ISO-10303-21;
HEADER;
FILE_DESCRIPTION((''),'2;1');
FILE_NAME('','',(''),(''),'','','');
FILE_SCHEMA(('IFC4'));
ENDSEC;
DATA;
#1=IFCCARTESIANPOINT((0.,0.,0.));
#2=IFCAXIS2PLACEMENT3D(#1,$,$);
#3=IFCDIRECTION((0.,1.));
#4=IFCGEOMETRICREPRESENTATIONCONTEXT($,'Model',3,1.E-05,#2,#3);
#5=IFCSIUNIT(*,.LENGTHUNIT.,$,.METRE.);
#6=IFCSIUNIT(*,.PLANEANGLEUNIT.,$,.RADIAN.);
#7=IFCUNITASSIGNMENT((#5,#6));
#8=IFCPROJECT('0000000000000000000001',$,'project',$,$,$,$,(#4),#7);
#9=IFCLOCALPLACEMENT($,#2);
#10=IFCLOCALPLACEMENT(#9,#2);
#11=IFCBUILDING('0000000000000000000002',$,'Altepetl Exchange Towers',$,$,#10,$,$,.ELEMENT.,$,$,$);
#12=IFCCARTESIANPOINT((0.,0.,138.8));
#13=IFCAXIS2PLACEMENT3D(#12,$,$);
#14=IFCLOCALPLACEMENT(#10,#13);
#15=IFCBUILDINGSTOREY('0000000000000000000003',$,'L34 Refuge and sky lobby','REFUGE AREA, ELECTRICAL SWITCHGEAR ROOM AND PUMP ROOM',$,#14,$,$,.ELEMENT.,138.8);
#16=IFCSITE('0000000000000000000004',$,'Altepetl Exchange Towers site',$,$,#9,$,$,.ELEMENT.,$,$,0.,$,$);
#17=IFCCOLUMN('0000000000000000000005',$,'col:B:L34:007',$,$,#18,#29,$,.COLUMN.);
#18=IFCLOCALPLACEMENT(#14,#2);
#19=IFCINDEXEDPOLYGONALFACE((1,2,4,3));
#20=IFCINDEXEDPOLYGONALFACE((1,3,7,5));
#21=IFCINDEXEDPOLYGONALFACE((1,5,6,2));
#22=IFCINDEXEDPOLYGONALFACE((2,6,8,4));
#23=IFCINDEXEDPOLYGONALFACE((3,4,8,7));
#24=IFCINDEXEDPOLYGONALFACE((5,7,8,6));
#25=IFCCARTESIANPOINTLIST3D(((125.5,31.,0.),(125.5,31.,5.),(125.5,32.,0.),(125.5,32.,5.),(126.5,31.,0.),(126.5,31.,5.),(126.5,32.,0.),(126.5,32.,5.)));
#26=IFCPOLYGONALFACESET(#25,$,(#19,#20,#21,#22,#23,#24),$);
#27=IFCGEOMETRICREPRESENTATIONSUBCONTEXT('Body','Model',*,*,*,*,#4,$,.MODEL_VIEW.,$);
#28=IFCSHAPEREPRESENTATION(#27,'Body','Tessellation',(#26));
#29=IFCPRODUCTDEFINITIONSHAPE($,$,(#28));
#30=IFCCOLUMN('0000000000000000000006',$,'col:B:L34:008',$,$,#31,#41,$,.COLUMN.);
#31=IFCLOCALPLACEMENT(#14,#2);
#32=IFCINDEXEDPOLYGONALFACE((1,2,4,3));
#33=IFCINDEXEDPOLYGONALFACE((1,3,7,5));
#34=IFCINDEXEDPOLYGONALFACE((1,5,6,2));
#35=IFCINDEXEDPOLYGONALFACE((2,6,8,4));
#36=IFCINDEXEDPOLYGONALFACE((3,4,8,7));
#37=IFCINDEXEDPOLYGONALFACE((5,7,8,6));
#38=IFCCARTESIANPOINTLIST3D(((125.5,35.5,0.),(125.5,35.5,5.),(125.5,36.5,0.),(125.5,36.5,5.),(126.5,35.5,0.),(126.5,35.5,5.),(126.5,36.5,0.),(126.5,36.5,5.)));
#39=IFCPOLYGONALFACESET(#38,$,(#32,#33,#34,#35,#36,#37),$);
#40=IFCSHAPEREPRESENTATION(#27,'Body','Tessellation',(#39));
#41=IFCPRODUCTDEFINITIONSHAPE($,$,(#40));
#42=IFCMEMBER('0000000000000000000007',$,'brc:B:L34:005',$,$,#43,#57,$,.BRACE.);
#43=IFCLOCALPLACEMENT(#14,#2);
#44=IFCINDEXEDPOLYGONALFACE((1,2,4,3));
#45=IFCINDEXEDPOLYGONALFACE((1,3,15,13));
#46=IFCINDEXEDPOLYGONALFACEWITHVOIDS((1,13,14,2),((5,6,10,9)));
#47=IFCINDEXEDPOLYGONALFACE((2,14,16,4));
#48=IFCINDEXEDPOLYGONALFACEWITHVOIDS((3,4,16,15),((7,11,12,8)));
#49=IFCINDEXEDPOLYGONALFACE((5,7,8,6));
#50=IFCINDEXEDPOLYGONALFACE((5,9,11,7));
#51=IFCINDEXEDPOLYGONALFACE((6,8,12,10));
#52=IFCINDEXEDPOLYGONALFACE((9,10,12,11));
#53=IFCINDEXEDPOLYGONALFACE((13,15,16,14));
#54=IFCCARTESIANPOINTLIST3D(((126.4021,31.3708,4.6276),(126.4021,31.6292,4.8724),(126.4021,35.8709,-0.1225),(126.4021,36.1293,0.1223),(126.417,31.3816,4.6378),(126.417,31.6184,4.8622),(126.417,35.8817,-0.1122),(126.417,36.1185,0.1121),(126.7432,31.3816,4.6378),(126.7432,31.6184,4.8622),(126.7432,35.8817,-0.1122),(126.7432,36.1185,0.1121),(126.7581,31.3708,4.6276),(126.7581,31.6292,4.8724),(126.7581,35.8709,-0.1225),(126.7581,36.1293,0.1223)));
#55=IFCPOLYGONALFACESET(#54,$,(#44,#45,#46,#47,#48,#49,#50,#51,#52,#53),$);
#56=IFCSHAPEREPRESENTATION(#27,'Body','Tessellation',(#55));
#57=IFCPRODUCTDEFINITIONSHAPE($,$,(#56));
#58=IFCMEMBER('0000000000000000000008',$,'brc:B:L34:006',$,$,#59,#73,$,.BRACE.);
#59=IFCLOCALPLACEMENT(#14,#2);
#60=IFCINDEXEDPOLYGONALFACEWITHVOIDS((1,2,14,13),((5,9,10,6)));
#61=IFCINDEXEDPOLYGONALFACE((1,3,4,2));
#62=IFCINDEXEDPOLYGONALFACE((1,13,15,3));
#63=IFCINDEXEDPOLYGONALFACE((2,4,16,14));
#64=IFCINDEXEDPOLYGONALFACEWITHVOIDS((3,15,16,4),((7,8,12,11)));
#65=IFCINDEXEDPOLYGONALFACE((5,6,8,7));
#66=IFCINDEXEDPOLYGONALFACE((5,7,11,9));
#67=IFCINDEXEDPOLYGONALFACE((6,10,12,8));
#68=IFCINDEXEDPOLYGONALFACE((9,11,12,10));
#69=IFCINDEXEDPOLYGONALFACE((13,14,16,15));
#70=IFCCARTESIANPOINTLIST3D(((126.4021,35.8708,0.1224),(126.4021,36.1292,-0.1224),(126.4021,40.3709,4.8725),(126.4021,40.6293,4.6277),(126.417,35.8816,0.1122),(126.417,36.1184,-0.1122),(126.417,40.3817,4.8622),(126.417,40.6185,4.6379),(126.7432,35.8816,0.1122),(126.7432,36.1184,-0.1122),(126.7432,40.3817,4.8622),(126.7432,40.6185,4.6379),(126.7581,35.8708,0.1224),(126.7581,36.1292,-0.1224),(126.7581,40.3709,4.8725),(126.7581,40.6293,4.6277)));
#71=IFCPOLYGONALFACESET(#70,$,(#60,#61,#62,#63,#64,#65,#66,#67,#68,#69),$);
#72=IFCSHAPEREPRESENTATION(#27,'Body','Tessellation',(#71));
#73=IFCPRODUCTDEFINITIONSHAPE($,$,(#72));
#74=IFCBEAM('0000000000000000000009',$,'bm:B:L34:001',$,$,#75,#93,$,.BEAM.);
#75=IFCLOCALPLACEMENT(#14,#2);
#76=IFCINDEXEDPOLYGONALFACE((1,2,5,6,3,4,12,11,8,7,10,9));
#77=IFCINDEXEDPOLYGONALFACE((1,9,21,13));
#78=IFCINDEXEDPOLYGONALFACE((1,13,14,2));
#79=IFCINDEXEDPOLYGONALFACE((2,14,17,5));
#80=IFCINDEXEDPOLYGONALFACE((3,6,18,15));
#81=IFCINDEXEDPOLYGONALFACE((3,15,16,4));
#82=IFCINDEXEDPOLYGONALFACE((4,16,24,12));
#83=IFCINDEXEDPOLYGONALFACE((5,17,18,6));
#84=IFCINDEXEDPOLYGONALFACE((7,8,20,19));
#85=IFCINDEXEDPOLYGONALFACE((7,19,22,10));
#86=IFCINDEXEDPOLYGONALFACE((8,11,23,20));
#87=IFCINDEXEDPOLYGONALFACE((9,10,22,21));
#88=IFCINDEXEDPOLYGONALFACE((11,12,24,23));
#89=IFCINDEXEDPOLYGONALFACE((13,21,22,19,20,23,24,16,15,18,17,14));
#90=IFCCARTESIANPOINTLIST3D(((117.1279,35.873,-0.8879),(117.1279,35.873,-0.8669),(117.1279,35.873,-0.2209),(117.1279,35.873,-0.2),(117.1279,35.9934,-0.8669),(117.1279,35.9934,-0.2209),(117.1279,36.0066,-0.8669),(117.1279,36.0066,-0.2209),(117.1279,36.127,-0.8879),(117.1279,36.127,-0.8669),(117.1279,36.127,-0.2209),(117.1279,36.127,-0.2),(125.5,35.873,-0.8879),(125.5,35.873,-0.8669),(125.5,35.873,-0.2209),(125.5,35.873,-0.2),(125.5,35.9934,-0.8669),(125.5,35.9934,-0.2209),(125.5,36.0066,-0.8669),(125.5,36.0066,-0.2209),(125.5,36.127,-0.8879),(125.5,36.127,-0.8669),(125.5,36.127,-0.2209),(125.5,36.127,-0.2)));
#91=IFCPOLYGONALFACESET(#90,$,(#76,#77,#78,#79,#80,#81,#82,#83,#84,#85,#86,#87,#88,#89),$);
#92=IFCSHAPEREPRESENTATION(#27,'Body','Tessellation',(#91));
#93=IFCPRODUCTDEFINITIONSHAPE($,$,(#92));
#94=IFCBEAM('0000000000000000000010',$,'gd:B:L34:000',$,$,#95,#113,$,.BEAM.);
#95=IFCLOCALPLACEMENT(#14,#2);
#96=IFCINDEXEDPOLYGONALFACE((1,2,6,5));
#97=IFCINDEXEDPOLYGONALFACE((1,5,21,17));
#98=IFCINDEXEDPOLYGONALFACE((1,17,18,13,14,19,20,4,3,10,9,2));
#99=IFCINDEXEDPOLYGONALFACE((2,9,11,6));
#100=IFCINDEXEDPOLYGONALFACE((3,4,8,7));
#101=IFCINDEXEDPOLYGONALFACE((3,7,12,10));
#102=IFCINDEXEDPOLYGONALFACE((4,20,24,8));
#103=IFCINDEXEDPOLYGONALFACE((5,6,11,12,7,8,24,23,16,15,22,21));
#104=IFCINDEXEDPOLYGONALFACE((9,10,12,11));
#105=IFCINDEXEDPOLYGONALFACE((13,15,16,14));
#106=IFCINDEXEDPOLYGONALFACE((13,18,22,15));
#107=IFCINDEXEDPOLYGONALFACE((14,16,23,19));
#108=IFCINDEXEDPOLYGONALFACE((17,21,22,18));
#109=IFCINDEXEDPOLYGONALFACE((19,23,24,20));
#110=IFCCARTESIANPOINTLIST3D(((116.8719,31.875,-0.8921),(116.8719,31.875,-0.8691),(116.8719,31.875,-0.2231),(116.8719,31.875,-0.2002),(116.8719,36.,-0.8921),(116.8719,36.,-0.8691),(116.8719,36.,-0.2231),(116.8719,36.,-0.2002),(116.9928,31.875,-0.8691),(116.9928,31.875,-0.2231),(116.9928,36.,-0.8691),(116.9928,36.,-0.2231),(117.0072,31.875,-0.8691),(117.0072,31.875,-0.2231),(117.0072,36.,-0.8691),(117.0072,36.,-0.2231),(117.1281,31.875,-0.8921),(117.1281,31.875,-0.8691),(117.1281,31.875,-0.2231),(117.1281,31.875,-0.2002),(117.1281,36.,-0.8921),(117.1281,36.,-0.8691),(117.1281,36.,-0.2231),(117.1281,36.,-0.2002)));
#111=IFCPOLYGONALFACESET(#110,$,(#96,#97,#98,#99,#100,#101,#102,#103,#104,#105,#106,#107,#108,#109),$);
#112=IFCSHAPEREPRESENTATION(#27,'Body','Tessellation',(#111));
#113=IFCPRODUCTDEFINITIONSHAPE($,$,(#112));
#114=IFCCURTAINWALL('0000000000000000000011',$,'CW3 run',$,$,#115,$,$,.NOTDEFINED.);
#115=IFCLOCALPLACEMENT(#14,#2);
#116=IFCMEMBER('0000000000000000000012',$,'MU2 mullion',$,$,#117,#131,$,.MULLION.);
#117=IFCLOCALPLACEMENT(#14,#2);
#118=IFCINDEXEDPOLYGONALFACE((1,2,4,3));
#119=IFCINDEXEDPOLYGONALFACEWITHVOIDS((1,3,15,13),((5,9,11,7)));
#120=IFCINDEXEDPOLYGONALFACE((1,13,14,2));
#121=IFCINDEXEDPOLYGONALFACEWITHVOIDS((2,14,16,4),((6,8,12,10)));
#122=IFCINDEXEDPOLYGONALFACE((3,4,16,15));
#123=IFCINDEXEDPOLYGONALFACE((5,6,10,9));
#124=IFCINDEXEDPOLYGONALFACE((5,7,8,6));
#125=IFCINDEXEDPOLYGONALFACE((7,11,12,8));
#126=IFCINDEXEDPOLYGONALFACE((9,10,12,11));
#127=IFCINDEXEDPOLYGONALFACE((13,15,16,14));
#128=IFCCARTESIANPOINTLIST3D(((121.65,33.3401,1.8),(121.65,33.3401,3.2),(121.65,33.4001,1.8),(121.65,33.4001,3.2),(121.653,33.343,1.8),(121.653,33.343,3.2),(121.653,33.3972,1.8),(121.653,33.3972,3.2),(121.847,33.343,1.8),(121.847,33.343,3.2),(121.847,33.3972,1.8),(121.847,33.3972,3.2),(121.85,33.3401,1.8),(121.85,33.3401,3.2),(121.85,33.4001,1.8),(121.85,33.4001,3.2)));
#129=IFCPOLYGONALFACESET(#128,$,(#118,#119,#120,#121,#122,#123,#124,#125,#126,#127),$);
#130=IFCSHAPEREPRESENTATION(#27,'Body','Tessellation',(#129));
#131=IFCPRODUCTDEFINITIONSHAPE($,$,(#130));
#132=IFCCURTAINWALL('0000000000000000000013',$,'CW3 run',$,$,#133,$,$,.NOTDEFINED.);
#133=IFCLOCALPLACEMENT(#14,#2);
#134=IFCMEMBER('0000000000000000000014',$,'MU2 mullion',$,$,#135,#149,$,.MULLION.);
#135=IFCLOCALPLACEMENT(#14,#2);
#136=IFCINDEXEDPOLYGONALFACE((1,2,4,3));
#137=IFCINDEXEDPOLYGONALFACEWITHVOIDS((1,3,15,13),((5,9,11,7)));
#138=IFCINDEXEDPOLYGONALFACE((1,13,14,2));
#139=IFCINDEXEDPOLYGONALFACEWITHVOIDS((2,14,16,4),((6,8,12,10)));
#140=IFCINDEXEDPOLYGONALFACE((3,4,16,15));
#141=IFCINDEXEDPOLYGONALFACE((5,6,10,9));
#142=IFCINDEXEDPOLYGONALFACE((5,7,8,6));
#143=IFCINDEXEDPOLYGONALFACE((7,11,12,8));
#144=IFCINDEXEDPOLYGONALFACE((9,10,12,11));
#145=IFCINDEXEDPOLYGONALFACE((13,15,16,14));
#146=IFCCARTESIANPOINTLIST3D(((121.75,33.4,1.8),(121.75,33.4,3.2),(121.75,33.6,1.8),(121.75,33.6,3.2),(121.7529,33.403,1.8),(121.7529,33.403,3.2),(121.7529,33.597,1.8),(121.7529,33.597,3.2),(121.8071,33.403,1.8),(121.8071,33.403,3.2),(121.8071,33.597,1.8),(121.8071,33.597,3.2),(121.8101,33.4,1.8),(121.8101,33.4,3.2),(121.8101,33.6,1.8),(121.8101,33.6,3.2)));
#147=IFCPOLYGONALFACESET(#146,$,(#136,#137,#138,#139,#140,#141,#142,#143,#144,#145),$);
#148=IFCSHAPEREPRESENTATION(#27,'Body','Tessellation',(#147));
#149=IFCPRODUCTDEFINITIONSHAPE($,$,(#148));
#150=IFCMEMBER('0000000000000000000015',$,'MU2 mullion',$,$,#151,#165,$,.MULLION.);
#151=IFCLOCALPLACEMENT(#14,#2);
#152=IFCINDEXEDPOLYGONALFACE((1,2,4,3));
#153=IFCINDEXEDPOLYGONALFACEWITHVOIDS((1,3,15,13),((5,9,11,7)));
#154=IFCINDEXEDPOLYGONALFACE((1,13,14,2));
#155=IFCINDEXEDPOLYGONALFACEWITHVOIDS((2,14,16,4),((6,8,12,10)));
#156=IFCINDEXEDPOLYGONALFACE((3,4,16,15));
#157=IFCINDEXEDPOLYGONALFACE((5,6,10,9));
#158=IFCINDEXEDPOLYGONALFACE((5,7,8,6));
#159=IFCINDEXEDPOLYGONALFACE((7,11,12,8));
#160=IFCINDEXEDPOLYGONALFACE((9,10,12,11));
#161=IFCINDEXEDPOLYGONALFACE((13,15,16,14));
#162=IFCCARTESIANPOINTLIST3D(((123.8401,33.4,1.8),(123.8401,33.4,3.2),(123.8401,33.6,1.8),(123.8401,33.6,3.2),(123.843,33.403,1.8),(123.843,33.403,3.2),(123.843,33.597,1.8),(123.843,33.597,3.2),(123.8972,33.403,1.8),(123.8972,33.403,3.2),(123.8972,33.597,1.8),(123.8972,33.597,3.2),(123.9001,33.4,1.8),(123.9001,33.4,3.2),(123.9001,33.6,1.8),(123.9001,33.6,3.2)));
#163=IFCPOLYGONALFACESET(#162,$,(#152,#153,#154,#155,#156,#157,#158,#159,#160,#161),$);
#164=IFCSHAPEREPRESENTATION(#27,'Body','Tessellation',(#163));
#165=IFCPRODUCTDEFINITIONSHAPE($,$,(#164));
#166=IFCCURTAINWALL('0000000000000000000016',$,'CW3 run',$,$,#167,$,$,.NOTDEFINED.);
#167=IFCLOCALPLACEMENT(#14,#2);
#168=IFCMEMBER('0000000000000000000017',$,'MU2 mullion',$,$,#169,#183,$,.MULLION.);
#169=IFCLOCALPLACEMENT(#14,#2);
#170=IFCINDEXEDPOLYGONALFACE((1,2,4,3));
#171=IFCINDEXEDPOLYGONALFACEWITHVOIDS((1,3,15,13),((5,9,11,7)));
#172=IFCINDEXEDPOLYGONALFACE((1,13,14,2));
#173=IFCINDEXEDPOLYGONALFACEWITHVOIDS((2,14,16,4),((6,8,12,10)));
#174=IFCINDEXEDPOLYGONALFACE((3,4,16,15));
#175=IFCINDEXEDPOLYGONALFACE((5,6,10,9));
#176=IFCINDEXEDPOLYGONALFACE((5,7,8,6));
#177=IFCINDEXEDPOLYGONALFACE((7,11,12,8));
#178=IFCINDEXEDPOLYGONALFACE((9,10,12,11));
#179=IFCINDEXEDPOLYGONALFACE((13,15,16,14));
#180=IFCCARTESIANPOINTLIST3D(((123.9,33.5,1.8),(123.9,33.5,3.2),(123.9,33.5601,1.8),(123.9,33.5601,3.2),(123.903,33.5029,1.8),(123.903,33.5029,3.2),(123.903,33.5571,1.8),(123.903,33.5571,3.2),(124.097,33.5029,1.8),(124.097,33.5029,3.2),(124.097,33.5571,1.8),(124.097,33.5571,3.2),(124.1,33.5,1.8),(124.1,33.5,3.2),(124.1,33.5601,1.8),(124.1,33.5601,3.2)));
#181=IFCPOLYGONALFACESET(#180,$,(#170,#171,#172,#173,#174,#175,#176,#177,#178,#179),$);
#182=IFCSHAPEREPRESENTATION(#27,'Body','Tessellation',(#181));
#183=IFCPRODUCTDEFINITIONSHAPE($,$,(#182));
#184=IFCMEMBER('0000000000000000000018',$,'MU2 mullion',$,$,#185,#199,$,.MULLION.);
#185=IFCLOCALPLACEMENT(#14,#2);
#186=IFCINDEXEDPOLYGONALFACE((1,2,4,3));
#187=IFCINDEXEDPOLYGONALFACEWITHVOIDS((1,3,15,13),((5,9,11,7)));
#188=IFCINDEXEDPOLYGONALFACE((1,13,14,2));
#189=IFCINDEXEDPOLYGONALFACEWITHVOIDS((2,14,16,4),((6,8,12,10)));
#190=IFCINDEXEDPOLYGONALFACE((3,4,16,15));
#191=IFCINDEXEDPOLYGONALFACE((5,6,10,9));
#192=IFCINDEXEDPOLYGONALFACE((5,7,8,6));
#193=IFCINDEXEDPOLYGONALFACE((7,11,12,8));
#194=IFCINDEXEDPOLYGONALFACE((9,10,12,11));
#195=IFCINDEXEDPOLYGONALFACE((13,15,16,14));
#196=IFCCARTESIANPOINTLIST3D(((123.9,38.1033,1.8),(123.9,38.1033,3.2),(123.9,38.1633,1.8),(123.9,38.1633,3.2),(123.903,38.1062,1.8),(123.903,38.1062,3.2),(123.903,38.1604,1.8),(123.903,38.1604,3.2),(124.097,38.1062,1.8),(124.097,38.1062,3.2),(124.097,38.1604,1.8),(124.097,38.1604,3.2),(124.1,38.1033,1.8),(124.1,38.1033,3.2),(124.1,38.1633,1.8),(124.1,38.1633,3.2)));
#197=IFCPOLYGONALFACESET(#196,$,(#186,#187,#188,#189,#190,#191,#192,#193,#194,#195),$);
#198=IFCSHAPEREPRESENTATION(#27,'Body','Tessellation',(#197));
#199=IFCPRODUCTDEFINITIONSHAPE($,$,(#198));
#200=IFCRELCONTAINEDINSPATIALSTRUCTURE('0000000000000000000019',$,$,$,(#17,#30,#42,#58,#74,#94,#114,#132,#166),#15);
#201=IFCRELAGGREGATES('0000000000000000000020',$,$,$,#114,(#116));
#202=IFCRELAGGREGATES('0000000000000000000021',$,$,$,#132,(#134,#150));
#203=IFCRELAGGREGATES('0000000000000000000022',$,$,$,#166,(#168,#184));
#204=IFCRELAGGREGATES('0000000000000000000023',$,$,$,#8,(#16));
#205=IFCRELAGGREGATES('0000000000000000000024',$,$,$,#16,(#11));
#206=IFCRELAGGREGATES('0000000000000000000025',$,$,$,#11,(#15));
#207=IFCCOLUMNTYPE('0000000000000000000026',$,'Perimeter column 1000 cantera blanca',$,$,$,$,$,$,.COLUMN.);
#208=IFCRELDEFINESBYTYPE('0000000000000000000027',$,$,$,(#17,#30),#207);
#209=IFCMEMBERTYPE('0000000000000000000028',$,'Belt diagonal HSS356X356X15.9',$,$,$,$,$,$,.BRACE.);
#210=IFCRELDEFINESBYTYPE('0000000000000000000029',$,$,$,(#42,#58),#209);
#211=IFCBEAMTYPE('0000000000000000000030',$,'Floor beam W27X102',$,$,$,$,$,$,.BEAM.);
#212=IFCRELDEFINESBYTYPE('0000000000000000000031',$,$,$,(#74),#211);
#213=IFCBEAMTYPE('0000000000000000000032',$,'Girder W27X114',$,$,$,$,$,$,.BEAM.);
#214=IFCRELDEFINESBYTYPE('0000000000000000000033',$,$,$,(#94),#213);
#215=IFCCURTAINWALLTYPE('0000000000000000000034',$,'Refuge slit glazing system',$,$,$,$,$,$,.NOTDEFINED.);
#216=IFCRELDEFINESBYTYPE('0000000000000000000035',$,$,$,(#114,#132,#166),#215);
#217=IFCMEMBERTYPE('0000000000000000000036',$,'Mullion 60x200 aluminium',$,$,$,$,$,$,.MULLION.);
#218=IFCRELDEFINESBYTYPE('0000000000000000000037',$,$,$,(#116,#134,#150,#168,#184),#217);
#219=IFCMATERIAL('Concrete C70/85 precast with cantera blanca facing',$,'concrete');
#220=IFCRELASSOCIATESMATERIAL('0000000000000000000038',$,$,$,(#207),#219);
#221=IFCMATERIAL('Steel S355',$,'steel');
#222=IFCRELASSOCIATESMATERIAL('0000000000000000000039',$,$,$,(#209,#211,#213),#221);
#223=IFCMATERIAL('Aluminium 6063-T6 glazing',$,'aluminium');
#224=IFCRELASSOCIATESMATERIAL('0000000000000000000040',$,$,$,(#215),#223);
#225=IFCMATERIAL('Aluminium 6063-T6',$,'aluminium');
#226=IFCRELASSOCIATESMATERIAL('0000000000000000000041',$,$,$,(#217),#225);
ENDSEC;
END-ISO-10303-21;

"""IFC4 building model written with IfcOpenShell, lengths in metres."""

from ifc_helpers import new_model, si_unit, direction, frame, origin, origin_2d, place, context, subcontext, project, spatial, rectangle, hollow_rectangle, i_section, extrude, material, material_profile, profile_set, type_object, element, aggregate, save


model = new_model("IFC4")

# Units and contexts
model_context = context("Model", 3, precision=1e-05, world=origin(), true_north=direction((0.0, 1.0)))
body_context = subcontext(model_context, "Body", "Model", "MODEL_VIEW")
ifc_project = project(units=[si_unit("LENGTHUNIT", "METRE"), si_unit("PLANEANGLEUNIT", "RADIAN")], contexts=[model_context])

# Site, building, storey
site_placement = place(None, origin())
site = spatial("IfcSite", under=ifc_project, at=site_placement, Name="Altepetl Exchange Towers site", CompositionType="ELEMENT", RefElevation=0.0)
building_placement = place(site_placement, origin())
building = spatial("IfcBuilding", under=site, at=building_placement, Name="Altepetl Exchange Towers", CompositionType="ELEMENT")
storey_placement = place(building_placement, frame((0.0, 0.0, 138.8)))
storey = spatial("IfcBuildingStorey", under=building, at=storey_placement, Name="L34 Refuge and sky lobby", Description="REFUGE AREA, ELECTRICAL SWITCHGEAR ROOM AND PUMP ROOM", CompositionType="ELEMENT", Elevation=138.8)

# Columns
ifc_material_1 = material(Name="Concrete C70/85 precast with cantera blanca facing", Category="concrete")
ifc_material_profile_1 = material_profile(ifc_material_1, rectangle(XDim=1.0, YDim=1.0, at=origin_2d()), Name="1000 x 1000")
ifc_profile_set_1 = profile_set([ifc_material_profile_1], Name="Concrete C70/85 precast with cantera blanca facing")
column_type = type_object("IfcColumnType", Name="Perimeter column 1000 cantera blanca", PredefinedType="COLUMN", material=ifc_profile_set_1)
for number, where, name in (
    (1, (126.0, 31.5, 0.0), "col:B:L34:007"),
    (2, (126.0, 36.0, 0.0), "col:B:L34:008"),
):
    element("IfcColumn", number, at=place(storey_placement, frame(where)), inside=storey, type_object=column_type, Name=name, PredefinedType="COLUMN", context=body_context, shape_type="SweptSolid", body=[
        extrude(rectangle(XDim=1.0, YDim=1.0, at=origin_2d()), origin(), (0.0, 0.0, 1.0), 5.0),
    ])

# Members
ifc_material_2 = material(Name="Steel S355", Category="steel")
ifc_material_profile_2 = material_profile(ifc_material_2, hollow_rectangle(XDim=0.356, YDim=0.356, WallThickness=0.0149, at=origin_2d()), Name="HSS356X356X15.9")
ifc_profile_set_2 = profile_set([ifc_material_profile_2], Name="Steel S355")
member_type_1 = type_object("IfcMemberType", Name="Belt diagonal HSS356X356X15.9", PredefinedType="BRACE", material=ifc_profile_set_2)
for number, where, z_axis, x_axis, name in (
    (3, (126.5801, 31.5, 4.75), (0.0, 0.687745, -0.725953), (-1.0, 0.0, 0.0), "brc:B:L34:005"),
    (4, (126.5801, 36.0, 0.0), (0.0, 0.687745, 0.725953), (-1.0, 0.0, 0.0), "brc:B:L34:006"),
):
    element("IfcMember", number, at=place(storey_placement, frame(where, z_axis=z_axis, x_axis=x_axis)), inside=storey, type_object=member_type_1, Name=name, PredefinedType="BRACE", context=body_context, shape_type="SweptSolid", body=[
        extrude(hollow_rectangle(XDim=0.356, YDim=0.356, WallThickness=0.0149, at=origin_2d()), origin(), (0.0, 0.0, 1.0), 6.5432),
    ])

# Beams
ifc_material_profile_3 = material_profile(ifc_material_2, i_section(OverallWidth=0.2539, OverallDepth=0.688, WebThickness=0.0132, FlangeThickness=0.021, at=origin_2d()), Name="W27X102")
ifc_profile_set_3 = profile_set([ifc_material_profile_3], Name="Steel S355")
beam_type_1 = type_object("IfcBeamType", Name="Floor beam W27X102", PredefinedType="BEAM", material=ifc_profile_set_3)
beam_1_placement = place(storey_placement, frame((117.1279, 36.0, -0.5439), z_axis=(1.0, 0.0, 0.0), x_axis=(0.0, 1.0, 0.0)))
element("IfcBeam", 5, at=beam_1_placement, inside=storey, type_object=beam_type_1, Name="bm:B:L34:001", PredefinedType="BEAM", context=body_context, shape_type="SweptSolid", body=[
    extrude(i_section(OverallWidth=0.2539, OverallDepth=0.688, WebThickness=0.0132, FlangeThickness=0.021, at=origin_2d()), origin(), (0.0, 0.0, 1.0), 8.3721),
])
ifc_material_profile_4 = material_profile(ifc_material_2, i_section(OverallWidth=0.2561, OverallDepth=0.6919, WebThickness=0.0144, FlangeThickness=0.0229, at=origin_2d()), Name="W27X114")
ifc_profile_set_4 = profile_set([ifc_material_profile_4], Name="Steel S355")
beam_type_2 = type_object("IfcBeamType", Name="Girder W27X114", PredefinedType="BEAM", material=ifc_profile_set_4)
beam_2_placement = place(storey_placement, frame((117.0, 36.0, -0.5461), z_axis=(0.0, -1.0, 0.0), x_axis=(1.0, 0.0, 0.0)))
element("IfcBeam", 6, at=beam_2_placement, inside=storey, type_object=beam_type_2, Name="gd:B:L34:000", PredefinedType="BEAM", context=body_context, shape_type="SweptSolid", body=[
    extrude(i_section(OverallWidth=0.2561, OverallDepth=0.6919, WebThickness=0.0144, FlangeThickness=0.0229, at=origin_2d()), origin(), (0.0, 0.0, 1.0), 4.125),
])

# Curtain wall, member
ifc_material_3 = material(Name="Aluminium 6063-T6 glazing", Category="aluminium")
curtain_wall_type = type_object("IfcCurtainWallType", Name="Refuge slit glazing system", PredefinedType="NOTDEFINED", material=ifc_material_3)
curtain_wall_1_placement = place(storey_placement, origin())
curtain_wall_1 = element("IfcCurtainWall", 7, at=curtain_wall_1_placement, inside=storey, type_object=curtain_wall_type, Name="CW3 run", PredefinedType="NOTDEFINED")
ifc_material_4 = material(Name="Aluminium 6063-T6", Category="aluminium")
ifc_material_profile_5 = material_profile(ifc_material_4, hollow_rectangle(XDim=0.0601, YDim=0.2, WallThickness=0.0029, at=origin_2d()), Name="Mullion 60x200 aluminium")
ifc_profile_set_5 = profile_set([ifc_material_profile_5], Name="Aluminium 6063-T6")
member_type_2 = type_object("IfcMemberType", Name="Mullion 60x200 aluminium", PredefinedType="MULLION", material=ifc_profile_set_5)
member_1_placement = place(storey_placement, frame((121.75, 33.3701, 1.8), z_axis=(0.0, 0.0, 1.0), x_axis=(0.0, 1.0, 0.0)))
member_1 = element("IfcMember", 8, at=member_1_placement, type_object=member_type_2, Name="MU2 mullion", PredefinedType="MULLION", context=body_context, shape_type="SweptSolid", body=[
    extrude(hollow_rectangle(XDim=0.0601, YDim=0.2, WallThickness=0.0029, at=origin_2d()), origin(), (0.0, 0.0, 1.0), 1.3999),
])

# Curtain walls, members
curtain_wall_2_placement = place(storey_placement, origin())
curtain_wall_2 = element("IfcCurtainWall", 9, at=curtain_wall_2_placement, inside=storey, type_object=curtain_wall_type, Name="CW3 run", PredefinedType="NOTDEFINED")
member_2_placement = place(storey_placement, frame((121.78, 33.5, 1.8)))
member_2 = element("IfcMember", 10, at=member_2_placement, type_object=member_type_2, Name="MU2 mullion", PredefinedType="MULLION", context=body_context, shape_type="SweptSolid", body=[
    extrude(hollow_rectangle(XDim=0.0601, YDim=0.2, WallThickness=0.0029, at=origin_2d()), origin(), (0.0, 0.0, 1.0), 1.3999),
])
member_3_placement = place(storey_placement, frame((123.8701, 33.5, 1.8)))
member_3 = element("IfcMember", 11, at=member_3_placement, type_object=member_type_2, Name="MU2 mullion", PredefinedType="MULLION", context=body_context, shape_type="SweptSolid", body=[
    extrude(hollow_rectangle(XDim=0.0601, YDim=0.2, WallThickness=0.0029, at=origin_2d()), origin(), (0.0, 0.0, 1.0), 1.3999),
])
curtain_wall_3_placement = place(storey_placement, origin())
curtain_wall_3 = element("IfcCurtainWall", 12, at=curtain_wall_3_placement, inside=storey, type_object=curtain_wall_type, Name="CW3 run", PredefinedType="NOTDEFINED")
member_4_placement = place(storey_placement, frame((124.0, 33.53, 1.8), z_axis=(0.0, 0.0, 1.0), x_axis=(0.0, 1.0, 0.0)))
member_4 = element("IfcMember", 13, at=member_4_placement, type_object=member_type_2, Name="MU2 mullion", PredefinedType="MULLION", context=body_context, shape_type="SweptSolid", body=[
    extrude(hollow_rectangle(XDim=0.0601, YDim=0.2, WallThickness=0.0029, at=origin_2d()), origin(), (0.0, 0.0, 1.0), 1.3999),
])
member_5_placement = place(storey_placement, frame((124.0, 38.1333, 1.8), z_axis=(0.0, 0.0, 1.0), x_axis=(0.0, 1.0, 0.0)))
member_5 = element("IfcMember", 14, at=member_5_placement, type_object=member_type_2, Name="MU2 mullion", PredefinedType="MULLION", context=body_context, shape_type="SweptSolid", body=[
    extrude(hollow_rectangle(XDim=0.0601, YDim=0.2, WallThickness=0.0029, at=origin_2d()), origin(), (0.0, 0.0, 1.0), 1.3999),
])

aggregate(curtain_wall_1, [member_1])
aggregate(curtain_wall_2, [member_2, member_3])
aggregate(curtain_wall_3, [member_4, member_5])

save(model, "model.ifc")
